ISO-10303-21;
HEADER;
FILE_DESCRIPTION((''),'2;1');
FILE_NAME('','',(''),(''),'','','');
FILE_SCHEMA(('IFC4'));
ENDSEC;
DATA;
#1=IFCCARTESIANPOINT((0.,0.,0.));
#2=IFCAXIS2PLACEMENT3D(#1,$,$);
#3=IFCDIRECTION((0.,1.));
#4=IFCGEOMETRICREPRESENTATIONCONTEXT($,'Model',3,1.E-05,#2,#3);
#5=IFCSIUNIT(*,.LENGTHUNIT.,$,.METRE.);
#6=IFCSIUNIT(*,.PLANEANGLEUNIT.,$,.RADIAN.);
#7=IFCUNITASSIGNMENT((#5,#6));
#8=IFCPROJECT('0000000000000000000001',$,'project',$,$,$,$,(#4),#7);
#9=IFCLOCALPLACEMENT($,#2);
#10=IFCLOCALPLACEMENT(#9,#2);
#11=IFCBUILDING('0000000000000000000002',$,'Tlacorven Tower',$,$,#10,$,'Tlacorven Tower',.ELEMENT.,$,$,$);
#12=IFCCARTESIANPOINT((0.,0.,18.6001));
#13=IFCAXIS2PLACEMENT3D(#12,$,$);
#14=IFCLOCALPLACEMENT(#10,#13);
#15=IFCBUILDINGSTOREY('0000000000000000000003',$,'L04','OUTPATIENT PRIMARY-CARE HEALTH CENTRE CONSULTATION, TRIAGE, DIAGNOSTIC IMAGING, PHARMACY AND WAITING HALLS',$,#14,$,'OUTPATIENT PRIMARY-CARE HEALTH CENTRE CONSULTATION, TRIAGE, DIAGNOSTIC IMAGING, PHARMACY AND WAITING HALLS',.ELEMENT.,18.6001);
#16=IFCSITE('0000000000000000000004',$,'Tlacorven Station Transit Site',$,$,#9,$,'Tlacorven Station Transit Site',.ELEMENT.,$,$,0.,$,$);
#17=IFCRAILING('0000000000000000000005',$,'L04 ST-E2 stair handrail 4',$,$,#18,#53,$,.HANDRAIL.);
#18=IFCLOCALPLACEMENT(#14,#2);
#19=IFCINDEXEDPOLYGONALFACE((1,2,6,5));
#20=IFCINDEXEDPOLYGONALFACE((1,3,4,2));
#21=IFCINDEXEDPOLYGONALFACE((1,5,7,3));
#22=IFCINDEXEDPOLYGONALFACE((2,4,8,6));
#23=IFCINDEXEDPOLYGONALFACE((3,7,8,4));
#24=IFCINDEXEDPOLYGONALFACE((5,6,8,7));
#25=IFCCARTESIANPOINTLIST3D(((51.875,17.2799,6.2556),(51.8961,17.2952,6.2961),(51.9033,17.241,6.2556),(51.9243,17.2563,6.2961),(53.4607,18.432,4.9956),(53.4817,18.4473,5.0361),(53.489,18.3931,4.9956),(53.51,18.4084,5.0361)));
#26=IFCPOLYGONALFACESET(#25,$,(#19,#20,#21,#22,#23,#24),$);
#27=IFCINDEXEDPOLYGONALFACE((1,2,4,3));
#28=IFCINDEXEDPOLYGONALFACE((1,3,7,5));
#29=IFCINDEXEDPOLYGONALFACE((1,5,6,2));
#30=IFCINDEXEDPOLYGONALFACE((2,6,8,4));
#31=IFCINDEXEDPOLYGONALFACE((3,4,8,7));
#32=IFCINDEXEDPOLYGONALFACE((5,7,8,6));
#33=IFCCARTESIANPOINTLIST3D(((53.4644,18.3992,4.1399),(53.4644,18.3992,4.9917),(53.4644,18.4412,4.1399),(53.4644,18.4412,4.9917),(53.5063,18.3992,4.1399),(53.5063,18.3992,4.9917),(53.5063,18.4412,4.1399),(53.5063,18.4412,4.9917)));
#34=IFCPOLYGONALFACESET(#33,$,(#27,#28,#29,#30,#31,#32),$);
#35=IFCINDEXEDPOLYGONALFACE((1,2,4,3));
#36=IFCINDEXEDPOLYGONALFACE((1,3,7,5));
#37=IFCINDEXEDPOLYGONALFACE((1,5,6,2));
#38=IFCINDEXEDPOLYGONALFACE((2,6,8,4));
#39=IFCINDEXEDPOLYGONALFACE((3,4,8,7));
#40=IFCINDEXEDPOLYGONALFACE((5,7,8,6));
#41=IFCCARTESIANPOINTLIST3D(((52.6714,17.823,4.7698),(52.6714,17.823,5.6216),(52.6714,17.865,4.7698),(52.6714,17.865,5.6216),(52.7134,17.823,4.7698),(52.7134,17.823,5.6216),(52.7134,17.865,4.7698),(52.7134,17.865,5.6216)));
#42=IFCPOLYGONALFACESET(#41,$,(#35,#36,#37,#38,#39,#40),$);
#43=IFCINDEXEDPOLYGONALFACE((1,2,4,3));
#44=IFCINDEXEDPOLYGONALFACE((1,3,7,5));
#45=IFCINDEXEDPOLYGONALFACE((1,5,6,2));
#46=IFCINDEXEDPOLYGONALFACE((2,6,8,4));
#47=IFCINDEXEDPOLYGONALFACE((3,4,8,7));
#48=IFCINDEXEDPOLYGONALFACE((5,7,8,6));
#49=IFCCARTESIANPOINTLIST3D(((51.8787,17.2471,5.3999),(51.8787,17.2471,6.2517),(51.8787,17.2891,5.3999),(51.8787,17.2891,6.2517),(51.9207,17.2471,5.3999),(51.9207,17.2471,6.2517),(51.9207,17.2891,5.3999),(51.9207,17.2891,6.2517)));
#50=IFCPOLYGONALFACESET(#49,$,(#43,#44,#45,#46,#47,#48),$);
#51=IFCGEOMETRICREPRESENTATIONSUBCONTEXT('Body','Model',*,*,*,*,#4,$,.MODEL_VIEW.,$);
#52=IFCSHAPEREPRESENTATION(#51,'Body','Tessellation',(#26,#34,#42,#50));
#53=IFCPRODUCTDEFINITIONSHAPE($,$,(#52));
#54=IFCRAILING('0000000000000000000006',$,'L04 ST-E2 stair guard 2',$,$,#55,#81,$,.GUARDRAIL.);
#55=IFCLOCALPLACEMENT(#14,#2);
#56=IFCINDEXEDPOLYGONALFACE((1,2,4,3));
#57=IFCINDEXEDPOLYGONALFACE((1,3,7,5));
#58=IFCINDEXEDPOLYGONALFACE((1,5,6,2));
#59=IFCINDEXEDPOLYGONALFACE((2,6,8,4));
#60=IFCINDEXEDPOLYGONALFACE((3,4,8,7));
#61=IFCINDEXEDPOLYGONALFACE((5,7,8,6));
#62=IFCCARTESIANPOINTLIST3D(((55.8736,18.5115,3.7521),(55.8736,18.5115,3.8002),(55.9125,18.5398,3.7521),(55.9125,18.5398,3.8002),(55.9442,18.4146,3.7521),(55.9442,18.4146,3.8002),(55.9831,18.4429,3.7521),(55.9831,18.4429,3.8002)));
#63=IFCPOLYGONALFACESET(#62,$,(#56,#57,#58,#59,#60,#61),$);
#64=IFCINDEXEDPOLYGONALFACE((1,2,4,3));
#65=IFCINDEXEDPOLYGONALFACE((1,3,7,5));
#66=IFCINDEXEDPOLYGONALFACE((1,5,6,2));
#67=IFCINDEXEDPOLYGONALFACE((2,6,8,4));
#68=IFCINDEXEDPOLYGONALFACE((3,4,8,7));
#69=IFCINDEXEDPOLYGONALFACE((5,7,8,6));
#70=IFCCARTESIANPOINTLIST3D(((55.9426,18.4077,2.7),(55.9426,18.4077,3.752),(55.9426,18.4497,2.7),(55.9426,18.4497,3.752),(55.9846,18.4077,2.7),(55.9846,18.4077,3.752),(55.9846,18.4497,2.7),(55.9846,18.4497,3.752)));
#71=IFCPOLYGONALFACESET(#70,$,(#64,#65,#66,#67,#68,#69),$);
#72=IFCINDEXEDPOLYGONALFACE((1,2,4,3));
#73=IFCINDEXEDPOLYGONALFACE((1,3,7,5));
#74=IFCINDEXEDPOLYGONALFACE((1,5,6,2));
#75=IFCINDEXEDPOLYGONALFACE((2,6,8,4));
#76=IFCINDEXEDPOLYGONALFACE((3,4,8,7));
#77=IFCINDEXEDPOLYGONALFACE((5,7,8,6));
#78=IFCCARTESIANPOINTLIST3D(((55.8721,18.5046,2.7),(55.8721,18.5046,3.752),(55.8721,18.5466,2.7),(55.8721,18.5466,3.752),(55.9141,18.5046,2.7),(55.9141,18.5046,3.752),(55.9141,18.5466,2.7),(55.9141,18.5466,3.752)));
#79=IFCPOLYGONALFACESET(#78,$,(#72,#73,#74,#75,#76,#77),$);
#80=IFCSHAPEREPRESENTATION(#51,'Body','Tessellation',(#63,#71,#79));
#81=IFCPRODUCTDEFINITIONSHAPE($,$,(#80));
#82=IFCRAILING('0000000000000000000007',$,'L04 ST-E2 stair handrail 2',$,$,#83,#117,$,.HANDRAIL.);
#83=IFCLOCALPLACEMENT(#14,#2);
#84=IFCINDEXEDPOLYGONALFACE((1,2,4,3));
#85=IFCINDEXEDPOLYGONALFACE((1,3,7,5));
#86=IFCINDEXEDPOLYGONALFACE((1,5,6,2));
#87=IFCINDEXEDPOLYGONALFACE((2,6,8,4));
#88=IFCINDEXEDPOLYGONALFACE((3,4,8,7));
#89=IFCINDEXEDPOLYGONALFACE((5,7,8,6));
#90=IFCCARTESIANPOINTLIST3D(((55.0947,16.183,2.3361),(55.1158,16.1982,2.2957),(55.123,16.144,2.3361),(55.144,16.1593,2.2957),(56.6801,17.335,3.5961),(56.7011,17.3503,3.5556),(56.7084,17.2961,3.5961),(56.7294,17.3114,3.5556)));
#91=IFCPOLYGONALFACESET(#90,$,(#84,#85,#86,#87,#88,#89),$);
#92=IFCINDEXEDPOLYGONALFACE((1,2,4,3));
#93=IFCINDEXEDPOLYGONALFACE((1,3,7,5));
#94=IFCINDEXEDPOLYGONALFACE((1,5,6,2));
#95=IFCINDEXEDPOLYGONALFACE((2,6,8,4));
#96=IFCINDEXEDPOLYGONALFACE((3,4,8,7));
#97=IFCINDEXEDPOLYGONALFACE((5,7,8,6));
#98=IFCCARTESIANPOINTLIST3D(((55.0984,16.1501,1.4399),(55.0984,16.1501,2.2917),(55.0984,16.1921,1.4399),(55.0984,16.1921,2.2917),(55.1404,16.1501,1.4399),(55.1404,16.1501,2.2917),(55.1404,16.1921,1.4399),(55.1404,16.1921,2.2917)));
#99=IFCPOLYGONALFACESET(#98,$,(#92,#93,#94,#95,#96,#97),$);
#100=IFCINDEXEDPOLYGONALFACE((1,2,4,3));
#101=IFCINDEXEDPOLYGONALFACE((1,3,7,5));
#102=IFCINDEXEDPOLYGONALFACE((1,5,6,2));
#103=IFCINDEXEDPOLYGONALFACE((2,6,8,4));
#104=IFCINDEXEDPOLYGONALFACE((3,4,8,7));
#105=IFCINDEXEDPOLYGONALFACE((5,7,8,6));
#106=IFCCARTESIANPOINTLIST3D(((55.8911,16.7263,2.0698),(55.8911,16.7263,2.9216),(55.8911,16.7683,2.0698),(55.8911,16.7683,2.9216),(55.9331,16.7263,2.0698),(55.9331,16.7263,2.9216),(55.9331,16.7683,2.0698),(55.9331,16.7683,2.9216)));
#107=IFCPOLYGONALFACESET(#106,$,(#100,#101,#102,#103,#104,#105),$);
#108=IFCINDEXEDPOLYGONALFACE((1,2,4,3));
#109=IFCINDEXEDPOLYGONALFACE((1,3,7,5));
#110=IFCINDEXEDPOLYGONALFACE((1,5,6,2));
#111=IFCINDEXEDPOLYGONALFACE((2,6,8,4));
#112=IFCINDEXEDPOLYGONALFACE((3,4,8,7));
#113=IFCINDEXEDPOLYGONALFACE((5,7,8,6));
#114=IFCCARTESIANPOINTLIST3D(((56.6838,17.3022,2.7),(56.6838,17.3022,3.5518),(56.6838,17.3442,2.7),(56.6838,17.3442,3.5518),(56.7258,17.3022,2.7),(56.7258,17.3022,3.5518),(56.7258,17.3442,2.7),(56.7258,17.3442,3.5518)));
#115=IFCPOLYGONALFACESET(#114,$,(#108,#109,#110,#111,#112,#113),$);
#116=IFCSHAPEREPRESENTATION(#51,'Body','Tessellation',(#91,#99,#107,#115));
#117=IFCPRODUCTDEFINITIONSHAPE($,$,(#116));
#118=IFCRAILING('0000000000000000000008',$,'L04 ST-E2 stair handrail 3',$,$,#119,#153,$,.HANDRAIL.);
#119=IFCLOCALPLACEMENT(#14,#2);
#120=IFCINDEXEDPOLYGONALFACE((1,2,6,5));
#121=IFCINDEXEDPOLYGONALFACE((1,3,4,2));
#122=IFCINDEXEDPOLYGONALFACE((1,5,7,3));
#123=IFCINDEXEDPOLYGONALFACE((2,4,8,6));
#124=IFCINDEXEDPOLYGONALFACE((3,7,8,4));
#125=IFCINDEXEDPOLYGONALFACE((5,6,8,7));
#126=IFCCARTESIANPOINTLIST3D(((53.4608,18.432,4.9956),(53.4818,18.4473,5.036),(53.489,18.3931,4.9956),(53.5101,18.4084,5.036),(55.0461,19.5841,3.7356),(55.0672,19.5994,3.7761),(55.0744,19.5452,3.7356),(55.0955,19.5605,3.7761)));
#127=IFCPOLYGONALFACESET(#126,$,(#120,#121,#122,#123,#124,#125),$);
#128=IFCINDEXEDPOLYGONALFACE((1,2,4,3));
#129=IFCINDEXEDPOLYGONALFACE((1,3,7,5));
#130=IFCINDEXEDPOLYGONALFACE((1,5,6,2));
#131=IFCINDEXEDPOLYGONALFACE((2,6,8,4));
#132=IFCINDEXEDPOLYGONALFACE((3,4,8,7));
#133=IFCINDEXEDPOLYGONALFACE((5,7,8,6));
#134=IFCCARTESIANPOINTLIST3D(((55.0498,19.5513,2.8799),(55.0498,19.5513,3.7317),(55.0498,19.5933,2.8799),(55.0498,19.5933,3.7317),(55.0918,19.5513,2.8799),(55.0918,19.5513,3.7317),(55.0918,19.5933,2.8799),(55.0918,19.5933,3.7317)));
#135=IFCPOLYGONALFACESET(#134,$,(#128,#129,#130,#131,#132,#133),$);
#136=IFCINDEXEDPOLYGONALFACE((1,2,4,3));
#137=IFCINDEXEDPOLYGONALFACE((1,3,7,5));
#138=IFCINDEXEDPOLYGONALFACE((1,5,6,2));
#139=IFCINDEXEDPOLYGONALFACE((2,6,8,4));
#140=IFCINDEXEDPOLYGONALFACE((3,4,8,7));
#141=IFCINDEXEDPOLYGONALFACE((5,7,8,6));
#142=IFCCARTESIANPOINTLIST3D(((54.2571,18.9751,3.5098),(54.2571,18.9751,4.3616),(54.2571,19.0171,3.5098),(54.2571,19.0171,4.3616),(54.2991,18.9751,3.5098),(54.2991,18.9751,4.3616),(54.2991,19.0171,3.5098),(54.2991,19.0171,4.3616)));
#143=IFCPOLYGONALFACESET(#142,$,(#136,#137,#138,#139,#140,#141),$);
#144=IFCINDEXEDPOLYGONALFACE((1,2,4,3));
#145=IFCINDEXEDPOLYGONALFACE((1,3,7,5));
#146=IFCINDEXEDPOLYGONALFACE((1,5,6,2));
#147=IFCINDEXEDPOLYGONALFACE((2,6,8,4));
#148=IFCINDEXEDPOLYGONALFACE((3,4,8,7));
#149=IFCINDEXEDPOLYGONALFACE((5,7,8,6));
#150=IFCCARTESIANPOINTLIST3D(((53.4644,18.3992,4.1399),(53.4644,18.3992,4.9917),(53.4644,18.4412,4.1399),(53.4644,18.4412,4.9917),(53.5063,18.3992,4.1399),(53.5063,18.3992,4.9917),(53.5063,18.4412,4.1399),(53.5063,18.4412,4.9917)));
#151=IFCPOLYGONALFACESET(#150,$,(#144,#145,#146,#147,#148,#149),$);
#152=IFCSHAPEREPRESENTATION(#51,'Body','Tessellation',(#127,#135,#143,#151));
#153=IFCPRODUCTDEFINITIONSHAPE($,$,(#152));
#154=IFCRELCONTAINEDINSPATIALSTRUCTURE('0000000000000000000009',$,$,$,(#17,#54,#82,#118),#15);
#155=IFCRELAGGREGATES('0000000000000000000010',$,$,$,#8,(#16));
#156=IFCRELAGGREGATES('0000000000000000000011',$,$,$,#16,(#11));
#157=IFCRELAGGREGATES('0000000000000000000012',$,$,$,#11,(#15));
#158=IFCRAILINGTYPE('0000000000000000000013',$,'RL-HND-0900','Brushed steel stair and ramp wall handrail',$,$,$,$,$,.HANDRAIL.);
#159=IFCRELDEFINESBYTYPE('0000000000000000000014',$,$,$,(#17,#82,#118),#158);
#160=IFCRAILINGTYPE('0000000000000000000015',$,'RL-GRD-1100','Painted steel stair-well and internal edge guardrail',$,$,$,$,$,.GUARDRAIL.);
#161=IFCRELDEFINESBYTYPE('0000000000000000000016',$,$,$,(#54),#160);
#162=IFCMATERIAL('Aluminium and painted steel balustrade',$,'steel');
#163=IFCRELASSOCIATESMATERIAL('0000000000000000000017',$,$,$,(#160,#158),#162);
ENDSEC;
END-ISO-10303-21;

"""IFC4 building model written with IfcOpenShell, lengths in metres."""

from ifc_helpers import new_model, si_unit, direction, frame, origin, origin_2d, place, context, subcontext, project, spatial, rectangle, extrude, source, transform, mapped, material, type_object, element, save


model = new_model("IFC4")

# Units and contexts
model_context = context("Model", 3, precision=1e-05, world=origin(), true_north=direction((0.0, 1.0)))
body_context = subcontext(model_context, "Body", "Model", "MODEL_VIEW")
ifc_project = project(units=[si_unit("LENGTHUNIT", "METRE"), si_unit("PLANEANGLEUNIT", "RADIAN")], contexts=[model_context])

# Site, building, storey
site_placement = place(None, origin())
site = spatial("IfcSite", under=ifc_project, at=site_placement, Name="Tlacorven Station Transit Site", LongName="Tlacorven Station Transit Site", CompositionType="ELEMENT", RefElevation=0.0)
building_placement = place(site_placement, origin())
building = spatial("IfcBuilding", under=site, at=building_placement, Name="Tlacorven Tower", LongName="Tlacorven Tower", CompositionType="ELEMENT")
storey_placement = place(building_placement, frame((0.0, 0.0, 18.6001)))
storey = spatial("IfcBuildingStorey", under=building, at=storey_placement, Name="L04", Description="OUTPATIENT PRIMARY-CARE HEALTH CENTRE CONSULTATION, TRIAGE, DIAGNOSTIC IMAGING, PHARMACY AND WAITING HALLS", LongName="OUTPATIENT PRIMARY-CARE HEALTH CENTRE CONSULTATION, TRIAGE, DIAGNOSTIC IMAGING, PHARMACY AND WAITING HALLS", CompositionType="ELEMENT", Elevation=18.6001)

# Railings
ifc_material_1 = material(Name="Aluminium and painted steel balustrade", Category="steel")
railing_type_1 = type_object("IfcRailingType", Name="RL-GRD-1100", Description="Painted steel stair-well and internal edge guardrail", PredefinedType="GUARDRAIL", material=ifc_material_1)
railing_type_2 = type_object("IfcRailingType", Name="RL-HND-0900", Description="Brushed steel stair and ramp wall handrail", PredefinedType="HANDRAIL", material=ifc_material_1)
shared_shape_1 = source(origin(), body_context, "Body", "SweptSolid", [
    extrude(rectangle(XDim=0.0481, YDim=0.0481, at=origin_2d()), frame((0.0, 0.0, 0.876), z_axis=(-0.680525, -0.494441, 0.540753), x_axis=(0.587794, -0.809011, 0.0)), (0.0, 0.0, 1.0), 2.3301),
    extrude(rectangle(XDim=0.042, YDim=0.042, at=origin_2d()), origin(), (0.0, 0.0, 1.0), 0.8518),
    extrude(rectangle(XDim=0.042, YDim=0.042, at=origin_2d()), frame((-0.793, -0.5762, 0.6299)), (0.0, 0.0, 1.0), 0.8518),
    extrude(rectangle(XDim=0.042, YDim=0.042, at=origin_2d()), frame((-1.5857, -1.1521, 1.26)), (0.0, 0.0, 1.0), 0.8518),
])
railing_1_placement = place(storey_placement, frame((53.4854, 18.4202, 4.1399)))
element("IfcRailing", 1, at=railing_1_placement, inside=storey, type_object=railing_type_2, Name="L04 ST-E2 stair handrail 4", PredefinedType="HANDRAIL", context=body_context, shape_type="MappedRepresentation", body=[
    mapped(shared_shape_1, transform((0.0, 0.0, 0.0), scale=1.0)),
])
shared_shape_2 = source(origin(), body_context, "Body", "SweptSolid", [
    extrude(rectangle(XDim=0.0481, YDim=0.0481, at=origin_2d()), frame((0.0, 0.0, 1.0762), z_axis=(-0.588535, 0.808472, 0.0), x_axis=(-0.808472, -0.588535, 0.0)), (0.0, 0.0, 1.0), 0.1199),
    extrude(rectangle(XDim=0.042, YDim=0.042, at=origin_2d()), origin(), (0.0, 0.0, 1.0), 1.052),
    extrude(rectangle(XDim=0.042, YDim=0.042, at=origin_2d()), frame((-0.0706, 0.0969, 0.0)), (0.0, 0.0, 1.0), 1.052),
])
railing_2_placement = place(storey_placement, frame((55.9636, 18.4287, 2.7)))
element("IfcRailing", 2, at=railing_2_placement, inside=storey, type_object=railing_type_1, Name="L04 ST-E2 stair guard 2", PredefinedType="GUARDRAIL", context=body_context, shape_type="MappedRepresentation", body=[
    mapped(shared_shape_2, transform((0.0, 0.0, 0.0), scale=1.0)),
])
shared_shape_3 = source(origin(), body_context, "Body", "SweptSolid", [
    extrude(rectangle(XDim=0.0481, YDim=0.0481, at=origin_2d()), frame((0.0, 0.0, 0.876), z_axis=(0.680469, 0.494477, 0.540791), x_axis=(-0.587853, 0.808968, 0.0)), (0.0, 0.0, 1.0), 2.3298),
    extrude(rectangle(XDim=0.042, YDim=0.042, at=origin_2d()), origin(), (0.0, 0.0, 1.0), 0.8518),
    extrude(rectangle(XDim=0.042, YDim=0.042, at=origin_2d()), frame((0.7927, 0.5762, 0.6299)), (0.0, 0.0, 1.0), 0.8518),
    extrude(rectangle(XDim=0.042, YDim=0.042, at=origin_2d()), frame((1.5854, 1.1521, 1.26)), (0.0, 0.0, 1.0), 0.8518),
])
railing_3_placement = place(storey_placement, frame((55.1194, 16.1711, 1.4399)))
element("IfcRailing", 3, at=railing_3_placement, inside=storey, type_object=railing_type_2, Name="L04 ST-E2 stair handrail 2", PredefinedType="HANDRAIL", context=body_context, shape_type="MappedRepresentation", body=[
    mapped(shared_shape_3, transform((0.0, 0.0, 0.0), scale=1.0)),
])
shared_shape_4 = source(origin(), body_context, "Body", "SweptSolid", [
    extrude(rectangle(XDim=0.0481, YDim=0.0481, at=origin_2d()), frame((0.0, 0.0, 0.876), z_axis=(-0.680469, -0.494477, 0.540791), x_axis=(0.587853, -0.808968, 0.0)), (0.0, 0.0, 1.0), 2.3298),
    extrude(rectangle(XDim=0.042, YDim=0.042, at=origin_2d()), origin(), (0.0, 0.0, 1.0), 0.8518),
    extrude(rectangle(XDim=0.042, YDim=0.042, at=origin_2d()), frame((-0.7927, -0.5762, 0.6299)), (0.0, 0.0, 1.0), 0.8518),
    extrude(rectangle(XDim=0.042, YDim=0.042, at=origin_2d()), frame((-1.5854, -1.1521, 1.26)), (0.0, 0.0, 1.0), 0.8518),
])
railing_4_placement = place(storey_placement, frame((55.0708, 19.5723, 2.8799)))
element("IfcRailing", 4, at=railing_4_placement, inside=storey, type_object=railing_type_2, Name="L04 ST-E2 stair handrail 3", PredefinedType="HANDRAIL", context=body_context, shape_type="MappedRepresentation", body=[
    mapped(shared_shape_4, transform((0.0, 0.0, 0.0), scale=1.0)),
])

save(model, "model.ifc")
